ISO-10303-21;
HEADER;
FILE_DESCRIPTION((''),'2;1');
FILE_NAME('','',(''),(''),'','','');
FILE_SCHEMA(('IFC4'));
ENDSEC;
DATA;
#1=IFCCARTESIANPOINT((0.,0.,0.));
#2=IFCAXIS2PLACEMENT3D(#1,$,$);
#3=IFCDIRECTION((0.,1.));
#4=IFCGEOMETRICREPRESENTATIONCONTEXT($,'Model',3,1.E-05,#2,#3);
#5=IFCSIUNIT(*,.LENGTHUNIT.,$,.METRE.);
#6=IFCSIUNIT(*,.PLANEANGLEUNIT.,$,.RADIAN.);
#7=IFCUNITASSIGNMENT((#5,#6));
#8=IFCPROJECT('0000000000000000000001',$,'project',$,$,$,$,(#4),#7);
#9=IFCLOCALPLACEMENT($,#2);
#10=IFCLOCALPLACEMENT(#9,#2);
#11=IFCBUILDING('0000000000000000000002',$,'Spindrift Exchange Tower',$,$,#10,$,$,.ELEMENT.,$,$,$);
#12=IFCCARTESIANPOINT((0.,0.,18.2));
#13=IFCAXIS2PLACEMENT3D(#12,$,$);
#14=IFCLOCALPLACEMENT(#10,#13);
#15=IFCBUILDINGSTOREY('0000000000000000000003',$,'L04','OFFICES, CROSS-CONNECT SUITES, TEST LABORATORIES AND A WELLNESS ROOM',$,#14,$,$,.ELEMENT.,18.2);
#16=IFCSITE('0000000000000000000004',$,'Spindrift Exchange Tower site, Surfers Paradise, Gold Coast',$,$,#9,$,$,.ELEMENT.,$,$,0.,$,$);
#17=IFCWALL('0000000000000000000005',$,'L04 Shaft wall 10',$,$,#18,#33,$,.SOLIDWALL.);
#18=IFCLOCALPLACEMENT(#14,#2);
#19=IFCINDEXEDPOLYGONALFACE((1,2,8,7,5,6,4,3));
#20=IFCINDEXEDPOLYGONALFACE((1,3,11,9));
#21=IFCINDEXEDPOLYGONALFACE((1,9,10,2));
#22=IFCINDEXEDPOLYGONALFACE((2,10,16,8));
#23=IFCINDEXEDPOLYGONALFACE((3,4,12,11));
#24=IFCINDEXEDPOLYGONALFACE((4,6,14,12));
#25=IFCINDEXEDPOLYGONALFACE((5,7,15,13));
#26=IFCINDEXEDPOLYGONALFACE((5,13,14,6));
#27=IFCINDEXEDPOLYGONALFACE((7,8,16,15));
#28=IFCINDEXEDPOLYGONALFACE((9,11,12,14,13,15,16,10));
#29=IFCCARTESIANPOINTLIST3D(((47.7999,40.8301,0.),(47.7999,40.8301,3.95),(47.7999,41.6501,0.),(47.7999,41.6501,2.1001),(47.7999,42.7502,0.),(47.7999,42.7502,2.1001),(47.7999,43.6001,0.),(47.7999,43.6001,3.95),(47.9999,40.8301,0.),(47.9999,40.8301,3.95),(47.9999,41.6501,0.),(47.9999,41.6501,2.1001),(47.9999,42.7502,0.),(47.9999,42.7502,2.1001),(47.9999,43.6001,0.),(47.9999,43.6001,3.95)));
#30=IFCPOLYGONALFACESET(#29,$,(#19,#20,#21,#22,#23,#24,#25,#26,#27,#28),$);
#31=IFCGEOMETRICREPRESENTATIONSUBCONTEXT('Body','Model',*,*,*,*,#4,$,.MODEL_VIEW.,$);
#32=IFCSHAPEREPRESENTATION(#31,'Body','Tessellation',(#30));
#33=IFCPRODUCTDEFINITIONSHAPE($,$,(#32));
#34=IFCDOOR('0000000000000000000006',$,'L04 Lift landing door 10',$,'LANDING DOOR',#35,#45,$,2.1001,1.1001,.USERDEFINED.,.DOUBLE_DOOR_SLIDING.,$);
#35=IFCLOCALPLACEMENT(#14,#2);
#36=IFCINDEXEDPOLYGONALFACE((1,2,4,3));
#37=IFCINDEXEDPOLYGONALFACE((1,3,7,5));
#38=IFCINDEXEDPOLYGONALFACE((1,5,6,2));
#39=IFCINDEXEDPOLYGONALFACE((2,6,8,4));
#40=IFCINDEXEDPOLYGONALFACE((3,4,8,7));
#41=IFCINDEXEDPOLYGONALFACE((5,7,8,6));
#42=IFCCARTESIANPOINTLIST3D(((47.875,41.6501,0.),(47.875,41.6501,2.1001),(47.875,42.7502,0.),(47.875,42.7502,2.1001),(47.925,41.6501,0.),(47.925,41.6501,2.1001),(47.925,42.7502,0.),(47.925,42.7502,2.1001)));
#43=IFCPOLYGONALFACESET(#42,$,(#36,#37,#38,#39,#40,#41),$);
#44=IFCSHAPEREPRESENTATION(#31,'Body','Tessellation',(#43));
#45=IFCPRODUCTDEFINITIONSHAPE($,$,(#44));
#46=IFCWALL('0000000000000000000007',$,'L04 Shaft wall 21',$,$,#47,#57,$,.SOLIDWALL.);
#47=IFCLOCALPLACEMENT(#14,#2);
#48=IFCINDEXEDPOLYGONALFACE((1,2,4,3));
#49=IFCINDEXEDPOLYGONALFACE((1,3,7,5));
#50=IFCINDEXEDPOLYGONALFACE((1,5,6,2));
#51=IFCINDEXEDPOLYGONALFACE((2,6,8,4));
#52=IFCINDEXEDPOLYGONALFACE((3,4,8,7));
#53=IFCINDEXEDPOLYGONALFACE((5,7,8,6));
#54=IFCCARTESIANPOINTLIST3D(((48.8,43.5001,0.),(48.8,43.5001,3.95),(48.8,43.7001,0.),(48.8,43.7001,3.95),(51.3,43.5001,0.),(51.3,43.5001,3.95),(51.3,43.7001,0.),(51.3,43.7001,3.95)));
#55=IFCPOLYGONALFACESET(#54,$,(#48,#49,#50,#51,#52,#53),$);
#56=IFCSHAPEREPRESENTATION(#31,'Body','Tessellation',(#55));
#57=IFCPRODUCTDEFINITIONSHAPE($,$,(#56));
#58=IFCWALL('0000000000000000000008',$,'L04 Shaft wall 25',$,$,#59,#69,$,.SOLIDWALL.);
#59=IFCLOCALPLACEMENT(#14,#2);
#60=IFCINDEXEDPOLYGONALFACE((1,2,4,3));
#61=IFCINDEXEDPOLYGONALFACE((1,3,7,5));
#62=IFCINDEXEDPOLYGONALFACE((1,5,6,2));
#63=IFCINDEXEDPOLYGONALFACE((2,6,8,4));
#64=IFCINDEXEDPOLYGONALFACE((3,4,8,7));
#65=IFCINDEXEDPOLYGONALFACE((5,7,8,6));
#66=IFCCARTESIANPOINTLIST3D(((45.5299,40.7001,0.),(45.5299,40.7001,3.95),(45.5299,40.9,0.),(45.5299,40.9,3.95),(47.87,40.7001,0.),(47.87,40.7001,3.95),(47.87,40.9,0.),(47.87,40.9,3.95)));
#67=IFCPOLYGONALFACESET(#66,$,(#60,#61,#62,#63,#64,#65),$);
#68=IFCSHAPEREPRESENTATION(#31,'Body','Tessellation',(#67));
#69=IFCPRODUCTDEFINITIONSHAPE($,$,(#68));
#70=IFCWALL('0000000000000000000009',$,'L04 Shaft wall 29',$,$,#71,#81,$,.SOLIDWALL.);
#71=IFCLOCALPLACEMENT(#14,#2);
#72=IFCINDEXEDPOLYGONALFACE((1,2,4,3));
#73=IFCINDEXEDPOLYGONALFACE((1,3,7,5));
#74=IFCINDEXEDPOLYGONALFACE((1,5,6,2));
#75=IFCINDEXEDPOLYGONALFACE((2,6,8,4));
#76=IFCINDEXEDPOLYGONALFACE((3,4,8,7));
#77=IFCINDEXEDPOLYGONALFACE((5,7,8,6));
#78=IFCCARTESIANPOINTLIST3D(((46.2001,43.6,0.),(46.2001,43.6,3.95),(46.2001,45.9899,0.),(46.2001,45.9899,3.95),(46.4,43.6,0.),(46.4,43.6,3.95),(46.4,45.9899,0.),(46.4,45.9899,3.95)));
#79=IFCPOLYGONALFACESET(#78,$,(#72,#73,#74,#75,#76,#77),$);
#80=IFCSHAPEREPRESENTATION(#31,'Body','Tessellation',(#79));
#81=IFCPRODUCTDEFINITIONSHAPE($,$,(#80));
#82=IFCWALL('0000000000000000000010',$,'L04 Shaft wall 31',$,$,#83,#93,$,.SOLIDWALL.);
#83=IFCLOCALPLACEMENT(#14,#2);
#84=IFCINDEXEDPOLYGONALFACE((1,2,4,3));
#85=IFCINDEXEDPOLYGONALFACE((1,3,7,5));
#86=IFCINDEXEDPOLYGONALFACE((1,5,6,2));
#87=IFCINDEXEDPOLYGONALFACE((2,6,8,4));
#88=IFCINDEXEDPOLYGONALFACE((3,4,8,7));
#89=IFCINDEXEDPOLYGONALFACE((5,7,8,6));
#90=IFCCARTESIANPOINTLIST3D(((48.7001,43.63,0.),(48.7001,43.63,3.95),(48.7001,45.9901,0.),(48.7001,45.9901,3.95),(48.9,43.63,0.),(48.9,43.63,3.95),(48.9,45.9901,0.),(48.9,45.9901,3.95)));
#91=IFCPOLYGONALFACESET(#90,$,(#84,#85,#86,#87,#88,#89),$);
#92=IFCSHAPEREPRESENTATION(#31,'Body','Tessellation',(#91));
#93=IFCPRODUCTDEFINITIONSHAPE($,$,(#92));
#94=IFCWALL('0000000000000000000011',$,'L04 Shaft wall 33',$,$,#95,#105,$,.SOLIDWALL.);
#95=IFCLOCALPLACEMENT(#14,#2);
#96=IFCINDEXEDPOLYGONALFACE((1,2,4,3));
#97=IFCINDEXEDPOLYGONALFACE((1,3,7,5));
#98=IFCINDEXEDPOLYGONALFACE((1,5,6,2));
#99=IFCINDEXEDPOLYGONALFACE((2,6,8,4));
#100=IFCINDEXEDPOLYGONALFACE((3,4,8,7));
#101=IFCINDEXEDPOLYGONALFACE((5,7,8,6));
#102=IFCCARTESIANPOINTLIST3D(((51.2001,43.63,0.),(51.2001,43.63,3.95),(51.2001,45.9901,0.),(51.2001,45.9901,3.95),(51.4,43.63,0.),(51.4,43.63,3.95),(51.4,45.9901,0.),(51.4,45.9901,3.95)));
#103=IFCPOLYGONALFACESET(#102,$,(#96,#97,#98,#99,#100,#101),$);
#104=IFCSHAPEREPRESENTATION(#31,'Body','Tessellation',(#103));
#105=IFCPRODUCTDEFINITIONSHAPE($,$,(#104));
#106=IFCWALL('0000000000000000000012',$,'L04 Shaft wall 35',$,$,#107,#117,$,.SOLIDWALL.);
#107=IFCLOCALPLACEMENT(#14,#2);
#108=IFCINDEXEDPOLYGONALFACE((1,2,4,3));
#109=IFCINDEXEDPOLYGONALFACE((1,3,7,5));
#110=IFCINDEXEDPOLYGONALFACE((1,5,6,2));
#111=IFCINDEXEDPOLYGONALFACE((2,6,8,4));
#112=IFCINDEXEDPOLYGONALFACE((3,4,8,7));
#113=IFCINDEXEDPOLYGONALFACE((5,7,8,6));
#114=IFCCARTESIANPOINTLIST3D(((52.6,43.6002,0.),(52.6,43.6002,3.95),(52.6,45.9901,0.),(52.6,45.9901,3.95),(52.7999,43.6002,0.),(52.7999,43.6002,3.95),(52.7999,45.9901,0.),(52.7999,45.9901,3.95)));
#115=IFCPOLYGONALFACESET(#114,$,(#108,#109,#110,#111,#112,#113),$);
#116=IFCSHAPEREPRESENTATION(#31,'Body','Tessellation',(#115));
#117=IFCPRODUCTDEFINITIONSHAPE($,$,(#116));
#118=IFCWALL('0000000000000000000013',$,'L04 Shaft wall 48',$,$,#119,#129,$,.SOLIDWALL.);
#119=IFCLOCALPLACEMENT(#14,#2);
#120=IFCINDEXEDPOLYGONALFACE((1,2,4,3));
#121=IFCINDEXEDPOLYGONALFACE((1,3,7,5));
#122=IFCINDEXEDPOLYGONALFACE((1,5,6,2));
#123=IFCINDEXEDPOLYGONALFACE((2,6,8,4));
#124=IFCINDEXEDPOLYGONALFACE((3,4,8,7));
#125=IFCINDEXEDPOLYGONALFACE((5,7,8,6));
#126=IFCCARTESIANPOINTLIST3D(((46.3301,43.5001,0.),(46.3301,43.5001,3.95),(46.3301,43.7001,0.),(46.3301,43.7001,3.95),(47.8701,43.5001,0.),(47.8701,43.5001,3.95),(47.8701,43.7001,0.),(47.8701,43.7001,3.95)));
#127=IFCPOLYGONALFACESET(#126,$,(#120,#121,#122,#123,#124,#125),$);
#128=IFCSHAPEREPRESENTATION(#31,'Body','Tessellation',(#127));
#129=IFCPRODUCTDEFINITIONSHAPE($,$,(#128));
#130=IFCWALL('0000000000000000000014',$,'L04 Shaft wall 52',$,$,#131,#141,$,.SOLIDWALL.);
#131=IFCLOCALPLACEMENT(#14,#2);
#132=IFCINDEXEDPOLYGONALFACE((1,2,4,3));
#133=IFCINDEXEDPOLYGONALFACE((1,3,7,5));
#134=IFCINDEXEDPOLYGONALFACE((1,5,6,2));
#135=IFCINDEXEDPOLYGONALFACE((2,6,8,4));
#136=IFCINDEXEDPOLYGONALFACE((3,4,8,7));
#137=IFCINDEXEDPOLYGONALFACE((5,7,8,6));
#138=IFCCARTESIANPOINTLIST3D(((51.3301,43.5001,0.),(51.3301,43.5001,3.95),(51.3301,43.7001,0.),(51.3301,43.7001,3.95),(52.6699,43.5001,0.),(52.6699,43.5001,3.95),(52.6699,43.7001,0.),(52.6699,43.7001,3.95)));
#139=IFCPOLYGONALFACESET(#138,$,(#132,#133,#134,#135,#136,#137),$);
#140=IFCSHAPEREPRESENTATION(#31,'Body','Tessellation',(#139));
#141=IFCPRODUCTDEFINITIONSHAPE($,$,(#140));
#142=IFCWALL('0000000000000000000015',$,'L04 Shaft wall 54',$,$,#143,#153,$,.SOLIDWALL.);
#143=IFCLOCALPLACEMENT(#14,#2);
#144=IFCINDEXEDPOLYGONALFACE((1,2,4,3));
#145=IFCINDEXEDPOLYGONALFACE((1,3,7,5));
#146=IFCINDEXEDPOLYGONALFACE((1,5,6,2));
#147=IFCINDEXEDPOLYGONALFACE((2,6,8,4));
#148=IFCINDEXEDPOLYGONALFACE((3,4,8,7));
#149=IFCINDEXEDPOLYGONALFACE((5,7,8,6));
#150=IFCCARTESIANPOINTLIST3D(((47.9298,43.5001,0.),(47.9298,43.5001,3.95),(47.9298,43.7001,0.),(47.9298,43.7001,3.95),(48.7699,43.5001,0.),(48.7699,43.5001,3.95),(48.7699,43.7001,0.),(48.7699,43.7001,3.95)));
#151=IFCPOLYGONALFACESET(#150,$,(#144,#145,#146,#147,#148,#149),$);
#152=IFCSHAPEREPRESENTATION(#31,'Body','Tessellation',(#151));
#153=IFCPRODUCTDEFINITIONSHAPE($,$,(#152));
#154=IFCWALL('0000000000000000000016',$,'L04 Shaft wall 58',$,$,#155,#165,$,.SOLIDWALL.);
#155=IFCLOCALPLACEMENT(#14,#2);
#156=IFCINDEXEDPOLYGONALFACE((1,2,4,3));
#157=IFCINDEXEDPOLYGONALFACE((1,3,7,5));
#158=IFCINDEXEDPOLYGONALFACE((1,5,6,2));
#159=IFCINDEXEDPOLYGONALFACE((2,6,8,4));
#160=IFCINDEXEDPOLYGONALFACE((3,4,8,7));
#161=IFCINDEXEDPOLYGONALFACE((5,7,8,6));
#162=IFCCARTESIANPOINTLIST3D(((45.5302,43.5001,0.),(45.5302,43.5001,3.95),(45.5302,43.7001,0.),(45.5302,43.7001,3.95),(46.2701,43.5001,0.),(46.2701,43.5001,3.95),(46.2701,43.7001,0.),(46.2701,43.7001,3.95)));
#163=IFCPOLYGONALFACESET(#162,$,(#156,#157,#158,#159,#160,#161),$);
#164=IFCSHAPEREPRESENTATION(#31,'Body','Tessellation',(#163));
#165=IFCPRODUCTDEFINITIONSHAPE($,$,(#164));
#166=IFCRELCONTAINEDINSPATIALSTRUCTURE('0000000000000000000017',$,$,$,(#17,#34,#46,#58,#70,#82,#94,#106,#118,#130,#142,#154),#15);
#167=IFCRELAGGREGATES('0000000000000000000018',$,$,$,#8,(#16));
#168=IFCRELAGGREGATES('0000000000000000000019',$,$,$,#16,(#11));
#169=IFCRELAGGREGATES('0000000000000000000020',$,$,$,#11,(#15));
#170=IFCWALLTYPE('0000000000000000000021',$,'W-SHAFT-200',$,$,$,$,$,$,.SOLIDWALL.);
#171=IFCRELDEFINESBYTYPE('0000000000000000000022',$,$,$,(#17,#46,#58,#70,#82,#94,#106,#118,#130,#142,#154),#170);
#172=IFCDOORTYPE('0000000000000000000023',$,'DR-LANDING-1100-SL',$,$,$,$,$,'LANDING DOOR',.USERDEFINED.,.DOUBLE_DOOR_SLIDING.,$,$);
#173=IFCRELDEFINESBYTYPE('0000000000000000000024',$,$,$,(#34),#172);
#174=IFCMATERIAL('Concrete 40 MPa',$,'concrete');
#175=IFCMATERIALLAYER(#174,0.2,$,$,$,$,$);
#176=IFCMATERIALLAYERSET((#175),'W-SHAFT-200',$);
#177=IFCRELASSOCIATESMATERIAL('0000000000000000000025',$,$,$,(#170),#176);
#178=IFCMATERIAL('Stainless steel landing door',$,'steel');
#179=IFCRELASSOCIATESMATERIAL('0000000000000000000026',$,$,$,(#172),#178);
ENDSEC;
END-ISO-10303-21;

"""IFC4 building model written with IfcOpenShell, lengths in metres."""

from ifc_helpers import new_model, si_unit, direction, frame, frame_2d, origin, place, context, subcontext, project, spatial, rectangle, extrude, source, transform, mapped, material, layer, layer_set, type_object, element, fill, save


model = new_model("IFC4")

# Units and contexts
model_context = context("Model", 3, precision=1e-05, world=origin(), true_north=direction((0.0, 1.0)))
body_context = subcontext(model_context, "Body", "Model", "MODEL_VIEW")
ifc_project = project(units=[si_unit("LENGTHUNIT", "METRE"), si_unit("PLANEANGLEUNIT", "RADIAN")], contexts=[model_context])

# Site, building, storey
site_placement = place(None, origin())
site = spatial("IfcSite", under=ifc_project, at=site_placement, Name="Spindrift Exchange Tower site, Surfers Paradise, Gold Coast", CompositionType="ELEMENT", RefElevation=0.0)
building_placement = place(site_placement, origin())
building = spatial("IfcBuilding", under=site, at=building_placement, Name="Spindrift Exchange Tower", CompositionType="ELEMENT")
storey_placement = place(building_placement, frame((0.0, 0.0, 18.2)))
storey = spatial("IfcBuildingStorey", under=building, at=storey_placement, Name="L04", Description="OFFICES, CROSS-CONNECT SUITES, TEST LABORATORIES AND A WELLNESS ROOM", CompositionType="ELEMENT", Elevation=18.2)

# Shared definitions
ifc_material_1 = material(Name="Concrete 40 MPa", Category="concrete")
ifc_layer_1 = layer(ifc_material_1, 0.2)
ifc_layer_set_1 = layer_set([ifc_layer_1], Name="W-SHAFT-200")
wall_type_1 = type_object("IfcWallType", Name="W-SHAFT-200", PredefinedType="SOLIDWALL", material=ifc_layer_set_1)

# Wall, opening, door
wall_1_placement = place(storey_placement, frame((47.8999, 40.8301, 0.0), z_axis=(0.0, 0.0, 1.0), x_axis=(0.0, 1.0, 0.0)))
wall_1 = element("IfcWall", 1, at=wall_1_placement, inside=storey, type_object=wall_type_1, Name="L04 Shaft wall 10", PredefinedType="SOLIDWALL", context=body_context, shape_type="SweptSolid", body=[
    extrude(rectangle(XDim=2.77, YDim=0.2, at=frame_2d((1.385, 0.0))), origin(), (0.0, 0.0, 1.0), 3.95),
])
opening_1_placement = place(wall_1_placement, frame((0.8201, 0.0, 0.0)))
opening_1 = element("IfcOpeningElement", 2, at=opening_1_placement, cuts=wall_1, PredefinedType="OPENING", context=body_context, shape_type="SweptSolid", body=[
    extrude(rectangle(XDim=1.1001, YDim=2.1001, at=frame_2d((0.55, 1.05))), frame((0.0, 0.1099, 0.0), z_axis=(0.0, -1.0, 0.0), x_axis=(1.0, 0.0, 0.0)), (0.0, 0.0, 1.0), 0.22),
])
ifc_material_2 = material(Name="Stainless steel landing door", Category="steel")
door_type_1 = type_object("IfcDoorType", Name="DR-LANDING-1100-SL", ElementType="LANDING DOOR", OperationType="DOUBLE_DOOR_SLIDING", PredefinedType="USERDEFINED", material=ifc_material_2)
shared_shape_1 = source(origin(), body_context, "Body", "SweptSolid", [
    extrude(rectangle(XDim=1.1001, YDim=2.1001, at=frame_2d((0.55, 1.05))), frame((0.0, 0.0249, 0.0), z_axis=(0.0, -1.0, 0.0), x_axis=(1.0, 0.0, 0.0)), (0.0, 0.0, 1.0), 0.05),
])
door_1_placement = place(opening_1_placement, origin())
door_1 = element("IfcDoor", 3, at=door_1_placement, inside=storey, type_object=door_type_1, Name="L04 Lift landing door 10", ObjectType="LANDING DOOR", OperationType="DOUBLE_DOOR_SLIDING", OverallHeight=2.1001, OverallWidth=1.1001, PredefinedType="USERDEFINED", context=body_context, shape_type="MappedRepresentation", body=[
    mapped(shared_shape_1, transform((0.0, 0.0, 0.0), scale=1.0)),
])
fill(opening_1, door_1)

# Walls
wall_2_placement = place(storey_placement, frame((48.8, 43.6001, 0.0), z_axis=(0.0, 0.0, 1.0), x_axis=(1.0, 0.0, 0.0)))
element("IfcWall", 4, at=wall_2_placement, inside=storey, type_object=wall_type_1, Name="L04 Shaft wall 21", PredefinedType="SOLIDWALL", context=body_context, shape_type="SweptSolid", body=[
    extrude(rectangle(XDim=2.5, YDim=0.2, at=frame_2d((1.25, 0.0))), origin(), (0.0, 0.0, 1.0), 3.95),
])
wall_3_placement = place(storey_placement, frame((45.53, 40.8, 0.0), z_axis=(0.0, 0.0, 1.0), x_axis=(1.0, 0.0, 0.0)))
element("IfcWall", 5, at=wall_3_placement, inside=storey, type_object=wall_type_1, Name="L04 Shaft wall 25", PredefinedType="SOLIDWALL", context=body_context, shape_type="SweptSolid", body=[
    extrude(rectangle(XDim=2.3401, YDim=0.2, at=frame_2d((1.1699, 0.0))), origin(), (0.0, 0.0, 1.0), 3.95),
])
wall_4_placement = place(storey_placement, frame((46.3, 43.6001, 0.0), z_axis=(0.0, 0.0, 1.0), x_axis=(0.0, 1.0, 0.0)))
element("IfcWall", 6, at=wall_4_placement, inside=storey, type_object=wall_type_1, Name="L04 Shaft wall 29", PredefinedType="SOLIDWALL", context=body_context, shape_type="SweptSolid", body=[
    extrude(rectangle(XDim=2.3899, YDim=0.2, at=frame_2d((1.1948, 0.0))), origin(), (0.0, 0.0, 1.0), 3.95),
])
for number, where, z_axis, x_axis, name in (
    (7, (48.8, 43.6299, 0.0), (0.0, 0.0, 1.0), (0.0, 1.0, 0.0), "L04 Shaft wall 31"),
    (8, (51.3, 43.6299, 0.0), (0.0, 0.0, 1.0), (0.0, 1.0, 0.0), "L04 Shaft wall 33"),
):
    element("IfcWall", number, at=place(storey_placement, frame(where, z_axis=z_axis, x_axis=x_axis)), inside=storey, type_object=wall_type_1, Name=name, PredefinedType="SOLIDWALL", context=body_context, shape_type="SweptSolid", body=[
        extrude(rectangle(XDim=2.3601, YDim=0.2, at=frame_2d((1.1802, 0.0))), origin(), (0.0, 0.0, 1.0), 3.95),
    ])
wall_5_placement = place(storey_placement, frame((52.7, 45.99, 0.0), z_axis=(0.0, 0.0, 1.0), x_axis=(0.0, -1.0, 0.0)))
element("IfcWall", 9, at=wall_5_placement, inside=storey, type_object=wall_type_1, Name="L04 Shaft wall 35", PredefinedType="SOLIDWALL", context=body_context, shape_type="SweptSolid", body=[
    extrude(rectangle(XDim=2.3899, YDim=0.2, at=frame_2d((1.1948, 0.0))), origin(), (0.0, 0.0, 1.0), 3.95),
])
wall_6_placement = place(storey_placement, frame((46.3301, 43.6001, 0.0), z_axis=(0.0, 0.0, 1.0), x_axis=(1.0, 0.0, 0.0)))
element("IfcWall", 10, at=wall_6_placement, inside=storey, type_object=wall_type_1, Name="L04 Shaft wall 48", PredefinedType="SOLIDWALL", context=body_context, shape_type="SweptSolid", body=[
    extrude(rectangle(XDim=1.54, YDim=0.2, at=frame_2d((0.77, 0.0))), origin(), (0.0, 0.0, 1.0), 3.95),
])
wall_7_placement = place(storey_placement, frame((52.6699, 43.6001, 0.0), z_axis=(0.0, 0.0, 1.0), x_axis=(-1.0, 0.0, 0.0)))
element("IfcWall", 11, at=wall_7_placement, inside=storey, type_object=wall_type_1, Name="L04 Shaft wall 52", PredefinedType="SOLIDWALL", context=body_context, shape_type="SweptSolid", body=[
    extrude(rectangle(XDim=1.3398, YDim=0.2, at=frame_2d((0.6699, 0.0))), origin(), (0.0, 0.0, 1.0), 3.95),
])
wall_8_placement = place(storey_placement, frame((47.9299, 43.6001, 0.0), z_axis=(0.0, 0.0, 1.0), x_axis=(1.0, 0.0, 0.0)))
element("IfcWall", 12, at=wall_8_placement, inside=storey, type_object=wall_type_1, Name="L04 Shaft wall 54", PredefinedType="SOLIDWALL", context=body_context, shape_type="SweptSolid", body=[
    extrude(rectangle(XDim=0.8401, YDim=0.2, at=frame_2d((0.4199, 0.0))), origin(), (0.0, 0.0, 1.0), 3.95),
])
wall_9_placement = place(storey_placement, frame((45.53, 43.6001, 0.0), z_axis=(0.0, 0.0, 1.0), x_axis=(1.0, 0.0, 0.0)))
element("IfcWall", 13, at=wall_9_placement, inside=storey, type_object=wall_type_1, Name="L04 Shaft wall 58", PredefinedType="SOLIDWALL", context=body_context, shape_type="SweptSolid", body=[
    extrude(rectangle(XDim=0.74, YDim=0.2, at=frame_2d((0.3701, 0.0))), origin(), (0.0, 0.0, 1.0), 3.95),
])

save(model, "model.ifc")
